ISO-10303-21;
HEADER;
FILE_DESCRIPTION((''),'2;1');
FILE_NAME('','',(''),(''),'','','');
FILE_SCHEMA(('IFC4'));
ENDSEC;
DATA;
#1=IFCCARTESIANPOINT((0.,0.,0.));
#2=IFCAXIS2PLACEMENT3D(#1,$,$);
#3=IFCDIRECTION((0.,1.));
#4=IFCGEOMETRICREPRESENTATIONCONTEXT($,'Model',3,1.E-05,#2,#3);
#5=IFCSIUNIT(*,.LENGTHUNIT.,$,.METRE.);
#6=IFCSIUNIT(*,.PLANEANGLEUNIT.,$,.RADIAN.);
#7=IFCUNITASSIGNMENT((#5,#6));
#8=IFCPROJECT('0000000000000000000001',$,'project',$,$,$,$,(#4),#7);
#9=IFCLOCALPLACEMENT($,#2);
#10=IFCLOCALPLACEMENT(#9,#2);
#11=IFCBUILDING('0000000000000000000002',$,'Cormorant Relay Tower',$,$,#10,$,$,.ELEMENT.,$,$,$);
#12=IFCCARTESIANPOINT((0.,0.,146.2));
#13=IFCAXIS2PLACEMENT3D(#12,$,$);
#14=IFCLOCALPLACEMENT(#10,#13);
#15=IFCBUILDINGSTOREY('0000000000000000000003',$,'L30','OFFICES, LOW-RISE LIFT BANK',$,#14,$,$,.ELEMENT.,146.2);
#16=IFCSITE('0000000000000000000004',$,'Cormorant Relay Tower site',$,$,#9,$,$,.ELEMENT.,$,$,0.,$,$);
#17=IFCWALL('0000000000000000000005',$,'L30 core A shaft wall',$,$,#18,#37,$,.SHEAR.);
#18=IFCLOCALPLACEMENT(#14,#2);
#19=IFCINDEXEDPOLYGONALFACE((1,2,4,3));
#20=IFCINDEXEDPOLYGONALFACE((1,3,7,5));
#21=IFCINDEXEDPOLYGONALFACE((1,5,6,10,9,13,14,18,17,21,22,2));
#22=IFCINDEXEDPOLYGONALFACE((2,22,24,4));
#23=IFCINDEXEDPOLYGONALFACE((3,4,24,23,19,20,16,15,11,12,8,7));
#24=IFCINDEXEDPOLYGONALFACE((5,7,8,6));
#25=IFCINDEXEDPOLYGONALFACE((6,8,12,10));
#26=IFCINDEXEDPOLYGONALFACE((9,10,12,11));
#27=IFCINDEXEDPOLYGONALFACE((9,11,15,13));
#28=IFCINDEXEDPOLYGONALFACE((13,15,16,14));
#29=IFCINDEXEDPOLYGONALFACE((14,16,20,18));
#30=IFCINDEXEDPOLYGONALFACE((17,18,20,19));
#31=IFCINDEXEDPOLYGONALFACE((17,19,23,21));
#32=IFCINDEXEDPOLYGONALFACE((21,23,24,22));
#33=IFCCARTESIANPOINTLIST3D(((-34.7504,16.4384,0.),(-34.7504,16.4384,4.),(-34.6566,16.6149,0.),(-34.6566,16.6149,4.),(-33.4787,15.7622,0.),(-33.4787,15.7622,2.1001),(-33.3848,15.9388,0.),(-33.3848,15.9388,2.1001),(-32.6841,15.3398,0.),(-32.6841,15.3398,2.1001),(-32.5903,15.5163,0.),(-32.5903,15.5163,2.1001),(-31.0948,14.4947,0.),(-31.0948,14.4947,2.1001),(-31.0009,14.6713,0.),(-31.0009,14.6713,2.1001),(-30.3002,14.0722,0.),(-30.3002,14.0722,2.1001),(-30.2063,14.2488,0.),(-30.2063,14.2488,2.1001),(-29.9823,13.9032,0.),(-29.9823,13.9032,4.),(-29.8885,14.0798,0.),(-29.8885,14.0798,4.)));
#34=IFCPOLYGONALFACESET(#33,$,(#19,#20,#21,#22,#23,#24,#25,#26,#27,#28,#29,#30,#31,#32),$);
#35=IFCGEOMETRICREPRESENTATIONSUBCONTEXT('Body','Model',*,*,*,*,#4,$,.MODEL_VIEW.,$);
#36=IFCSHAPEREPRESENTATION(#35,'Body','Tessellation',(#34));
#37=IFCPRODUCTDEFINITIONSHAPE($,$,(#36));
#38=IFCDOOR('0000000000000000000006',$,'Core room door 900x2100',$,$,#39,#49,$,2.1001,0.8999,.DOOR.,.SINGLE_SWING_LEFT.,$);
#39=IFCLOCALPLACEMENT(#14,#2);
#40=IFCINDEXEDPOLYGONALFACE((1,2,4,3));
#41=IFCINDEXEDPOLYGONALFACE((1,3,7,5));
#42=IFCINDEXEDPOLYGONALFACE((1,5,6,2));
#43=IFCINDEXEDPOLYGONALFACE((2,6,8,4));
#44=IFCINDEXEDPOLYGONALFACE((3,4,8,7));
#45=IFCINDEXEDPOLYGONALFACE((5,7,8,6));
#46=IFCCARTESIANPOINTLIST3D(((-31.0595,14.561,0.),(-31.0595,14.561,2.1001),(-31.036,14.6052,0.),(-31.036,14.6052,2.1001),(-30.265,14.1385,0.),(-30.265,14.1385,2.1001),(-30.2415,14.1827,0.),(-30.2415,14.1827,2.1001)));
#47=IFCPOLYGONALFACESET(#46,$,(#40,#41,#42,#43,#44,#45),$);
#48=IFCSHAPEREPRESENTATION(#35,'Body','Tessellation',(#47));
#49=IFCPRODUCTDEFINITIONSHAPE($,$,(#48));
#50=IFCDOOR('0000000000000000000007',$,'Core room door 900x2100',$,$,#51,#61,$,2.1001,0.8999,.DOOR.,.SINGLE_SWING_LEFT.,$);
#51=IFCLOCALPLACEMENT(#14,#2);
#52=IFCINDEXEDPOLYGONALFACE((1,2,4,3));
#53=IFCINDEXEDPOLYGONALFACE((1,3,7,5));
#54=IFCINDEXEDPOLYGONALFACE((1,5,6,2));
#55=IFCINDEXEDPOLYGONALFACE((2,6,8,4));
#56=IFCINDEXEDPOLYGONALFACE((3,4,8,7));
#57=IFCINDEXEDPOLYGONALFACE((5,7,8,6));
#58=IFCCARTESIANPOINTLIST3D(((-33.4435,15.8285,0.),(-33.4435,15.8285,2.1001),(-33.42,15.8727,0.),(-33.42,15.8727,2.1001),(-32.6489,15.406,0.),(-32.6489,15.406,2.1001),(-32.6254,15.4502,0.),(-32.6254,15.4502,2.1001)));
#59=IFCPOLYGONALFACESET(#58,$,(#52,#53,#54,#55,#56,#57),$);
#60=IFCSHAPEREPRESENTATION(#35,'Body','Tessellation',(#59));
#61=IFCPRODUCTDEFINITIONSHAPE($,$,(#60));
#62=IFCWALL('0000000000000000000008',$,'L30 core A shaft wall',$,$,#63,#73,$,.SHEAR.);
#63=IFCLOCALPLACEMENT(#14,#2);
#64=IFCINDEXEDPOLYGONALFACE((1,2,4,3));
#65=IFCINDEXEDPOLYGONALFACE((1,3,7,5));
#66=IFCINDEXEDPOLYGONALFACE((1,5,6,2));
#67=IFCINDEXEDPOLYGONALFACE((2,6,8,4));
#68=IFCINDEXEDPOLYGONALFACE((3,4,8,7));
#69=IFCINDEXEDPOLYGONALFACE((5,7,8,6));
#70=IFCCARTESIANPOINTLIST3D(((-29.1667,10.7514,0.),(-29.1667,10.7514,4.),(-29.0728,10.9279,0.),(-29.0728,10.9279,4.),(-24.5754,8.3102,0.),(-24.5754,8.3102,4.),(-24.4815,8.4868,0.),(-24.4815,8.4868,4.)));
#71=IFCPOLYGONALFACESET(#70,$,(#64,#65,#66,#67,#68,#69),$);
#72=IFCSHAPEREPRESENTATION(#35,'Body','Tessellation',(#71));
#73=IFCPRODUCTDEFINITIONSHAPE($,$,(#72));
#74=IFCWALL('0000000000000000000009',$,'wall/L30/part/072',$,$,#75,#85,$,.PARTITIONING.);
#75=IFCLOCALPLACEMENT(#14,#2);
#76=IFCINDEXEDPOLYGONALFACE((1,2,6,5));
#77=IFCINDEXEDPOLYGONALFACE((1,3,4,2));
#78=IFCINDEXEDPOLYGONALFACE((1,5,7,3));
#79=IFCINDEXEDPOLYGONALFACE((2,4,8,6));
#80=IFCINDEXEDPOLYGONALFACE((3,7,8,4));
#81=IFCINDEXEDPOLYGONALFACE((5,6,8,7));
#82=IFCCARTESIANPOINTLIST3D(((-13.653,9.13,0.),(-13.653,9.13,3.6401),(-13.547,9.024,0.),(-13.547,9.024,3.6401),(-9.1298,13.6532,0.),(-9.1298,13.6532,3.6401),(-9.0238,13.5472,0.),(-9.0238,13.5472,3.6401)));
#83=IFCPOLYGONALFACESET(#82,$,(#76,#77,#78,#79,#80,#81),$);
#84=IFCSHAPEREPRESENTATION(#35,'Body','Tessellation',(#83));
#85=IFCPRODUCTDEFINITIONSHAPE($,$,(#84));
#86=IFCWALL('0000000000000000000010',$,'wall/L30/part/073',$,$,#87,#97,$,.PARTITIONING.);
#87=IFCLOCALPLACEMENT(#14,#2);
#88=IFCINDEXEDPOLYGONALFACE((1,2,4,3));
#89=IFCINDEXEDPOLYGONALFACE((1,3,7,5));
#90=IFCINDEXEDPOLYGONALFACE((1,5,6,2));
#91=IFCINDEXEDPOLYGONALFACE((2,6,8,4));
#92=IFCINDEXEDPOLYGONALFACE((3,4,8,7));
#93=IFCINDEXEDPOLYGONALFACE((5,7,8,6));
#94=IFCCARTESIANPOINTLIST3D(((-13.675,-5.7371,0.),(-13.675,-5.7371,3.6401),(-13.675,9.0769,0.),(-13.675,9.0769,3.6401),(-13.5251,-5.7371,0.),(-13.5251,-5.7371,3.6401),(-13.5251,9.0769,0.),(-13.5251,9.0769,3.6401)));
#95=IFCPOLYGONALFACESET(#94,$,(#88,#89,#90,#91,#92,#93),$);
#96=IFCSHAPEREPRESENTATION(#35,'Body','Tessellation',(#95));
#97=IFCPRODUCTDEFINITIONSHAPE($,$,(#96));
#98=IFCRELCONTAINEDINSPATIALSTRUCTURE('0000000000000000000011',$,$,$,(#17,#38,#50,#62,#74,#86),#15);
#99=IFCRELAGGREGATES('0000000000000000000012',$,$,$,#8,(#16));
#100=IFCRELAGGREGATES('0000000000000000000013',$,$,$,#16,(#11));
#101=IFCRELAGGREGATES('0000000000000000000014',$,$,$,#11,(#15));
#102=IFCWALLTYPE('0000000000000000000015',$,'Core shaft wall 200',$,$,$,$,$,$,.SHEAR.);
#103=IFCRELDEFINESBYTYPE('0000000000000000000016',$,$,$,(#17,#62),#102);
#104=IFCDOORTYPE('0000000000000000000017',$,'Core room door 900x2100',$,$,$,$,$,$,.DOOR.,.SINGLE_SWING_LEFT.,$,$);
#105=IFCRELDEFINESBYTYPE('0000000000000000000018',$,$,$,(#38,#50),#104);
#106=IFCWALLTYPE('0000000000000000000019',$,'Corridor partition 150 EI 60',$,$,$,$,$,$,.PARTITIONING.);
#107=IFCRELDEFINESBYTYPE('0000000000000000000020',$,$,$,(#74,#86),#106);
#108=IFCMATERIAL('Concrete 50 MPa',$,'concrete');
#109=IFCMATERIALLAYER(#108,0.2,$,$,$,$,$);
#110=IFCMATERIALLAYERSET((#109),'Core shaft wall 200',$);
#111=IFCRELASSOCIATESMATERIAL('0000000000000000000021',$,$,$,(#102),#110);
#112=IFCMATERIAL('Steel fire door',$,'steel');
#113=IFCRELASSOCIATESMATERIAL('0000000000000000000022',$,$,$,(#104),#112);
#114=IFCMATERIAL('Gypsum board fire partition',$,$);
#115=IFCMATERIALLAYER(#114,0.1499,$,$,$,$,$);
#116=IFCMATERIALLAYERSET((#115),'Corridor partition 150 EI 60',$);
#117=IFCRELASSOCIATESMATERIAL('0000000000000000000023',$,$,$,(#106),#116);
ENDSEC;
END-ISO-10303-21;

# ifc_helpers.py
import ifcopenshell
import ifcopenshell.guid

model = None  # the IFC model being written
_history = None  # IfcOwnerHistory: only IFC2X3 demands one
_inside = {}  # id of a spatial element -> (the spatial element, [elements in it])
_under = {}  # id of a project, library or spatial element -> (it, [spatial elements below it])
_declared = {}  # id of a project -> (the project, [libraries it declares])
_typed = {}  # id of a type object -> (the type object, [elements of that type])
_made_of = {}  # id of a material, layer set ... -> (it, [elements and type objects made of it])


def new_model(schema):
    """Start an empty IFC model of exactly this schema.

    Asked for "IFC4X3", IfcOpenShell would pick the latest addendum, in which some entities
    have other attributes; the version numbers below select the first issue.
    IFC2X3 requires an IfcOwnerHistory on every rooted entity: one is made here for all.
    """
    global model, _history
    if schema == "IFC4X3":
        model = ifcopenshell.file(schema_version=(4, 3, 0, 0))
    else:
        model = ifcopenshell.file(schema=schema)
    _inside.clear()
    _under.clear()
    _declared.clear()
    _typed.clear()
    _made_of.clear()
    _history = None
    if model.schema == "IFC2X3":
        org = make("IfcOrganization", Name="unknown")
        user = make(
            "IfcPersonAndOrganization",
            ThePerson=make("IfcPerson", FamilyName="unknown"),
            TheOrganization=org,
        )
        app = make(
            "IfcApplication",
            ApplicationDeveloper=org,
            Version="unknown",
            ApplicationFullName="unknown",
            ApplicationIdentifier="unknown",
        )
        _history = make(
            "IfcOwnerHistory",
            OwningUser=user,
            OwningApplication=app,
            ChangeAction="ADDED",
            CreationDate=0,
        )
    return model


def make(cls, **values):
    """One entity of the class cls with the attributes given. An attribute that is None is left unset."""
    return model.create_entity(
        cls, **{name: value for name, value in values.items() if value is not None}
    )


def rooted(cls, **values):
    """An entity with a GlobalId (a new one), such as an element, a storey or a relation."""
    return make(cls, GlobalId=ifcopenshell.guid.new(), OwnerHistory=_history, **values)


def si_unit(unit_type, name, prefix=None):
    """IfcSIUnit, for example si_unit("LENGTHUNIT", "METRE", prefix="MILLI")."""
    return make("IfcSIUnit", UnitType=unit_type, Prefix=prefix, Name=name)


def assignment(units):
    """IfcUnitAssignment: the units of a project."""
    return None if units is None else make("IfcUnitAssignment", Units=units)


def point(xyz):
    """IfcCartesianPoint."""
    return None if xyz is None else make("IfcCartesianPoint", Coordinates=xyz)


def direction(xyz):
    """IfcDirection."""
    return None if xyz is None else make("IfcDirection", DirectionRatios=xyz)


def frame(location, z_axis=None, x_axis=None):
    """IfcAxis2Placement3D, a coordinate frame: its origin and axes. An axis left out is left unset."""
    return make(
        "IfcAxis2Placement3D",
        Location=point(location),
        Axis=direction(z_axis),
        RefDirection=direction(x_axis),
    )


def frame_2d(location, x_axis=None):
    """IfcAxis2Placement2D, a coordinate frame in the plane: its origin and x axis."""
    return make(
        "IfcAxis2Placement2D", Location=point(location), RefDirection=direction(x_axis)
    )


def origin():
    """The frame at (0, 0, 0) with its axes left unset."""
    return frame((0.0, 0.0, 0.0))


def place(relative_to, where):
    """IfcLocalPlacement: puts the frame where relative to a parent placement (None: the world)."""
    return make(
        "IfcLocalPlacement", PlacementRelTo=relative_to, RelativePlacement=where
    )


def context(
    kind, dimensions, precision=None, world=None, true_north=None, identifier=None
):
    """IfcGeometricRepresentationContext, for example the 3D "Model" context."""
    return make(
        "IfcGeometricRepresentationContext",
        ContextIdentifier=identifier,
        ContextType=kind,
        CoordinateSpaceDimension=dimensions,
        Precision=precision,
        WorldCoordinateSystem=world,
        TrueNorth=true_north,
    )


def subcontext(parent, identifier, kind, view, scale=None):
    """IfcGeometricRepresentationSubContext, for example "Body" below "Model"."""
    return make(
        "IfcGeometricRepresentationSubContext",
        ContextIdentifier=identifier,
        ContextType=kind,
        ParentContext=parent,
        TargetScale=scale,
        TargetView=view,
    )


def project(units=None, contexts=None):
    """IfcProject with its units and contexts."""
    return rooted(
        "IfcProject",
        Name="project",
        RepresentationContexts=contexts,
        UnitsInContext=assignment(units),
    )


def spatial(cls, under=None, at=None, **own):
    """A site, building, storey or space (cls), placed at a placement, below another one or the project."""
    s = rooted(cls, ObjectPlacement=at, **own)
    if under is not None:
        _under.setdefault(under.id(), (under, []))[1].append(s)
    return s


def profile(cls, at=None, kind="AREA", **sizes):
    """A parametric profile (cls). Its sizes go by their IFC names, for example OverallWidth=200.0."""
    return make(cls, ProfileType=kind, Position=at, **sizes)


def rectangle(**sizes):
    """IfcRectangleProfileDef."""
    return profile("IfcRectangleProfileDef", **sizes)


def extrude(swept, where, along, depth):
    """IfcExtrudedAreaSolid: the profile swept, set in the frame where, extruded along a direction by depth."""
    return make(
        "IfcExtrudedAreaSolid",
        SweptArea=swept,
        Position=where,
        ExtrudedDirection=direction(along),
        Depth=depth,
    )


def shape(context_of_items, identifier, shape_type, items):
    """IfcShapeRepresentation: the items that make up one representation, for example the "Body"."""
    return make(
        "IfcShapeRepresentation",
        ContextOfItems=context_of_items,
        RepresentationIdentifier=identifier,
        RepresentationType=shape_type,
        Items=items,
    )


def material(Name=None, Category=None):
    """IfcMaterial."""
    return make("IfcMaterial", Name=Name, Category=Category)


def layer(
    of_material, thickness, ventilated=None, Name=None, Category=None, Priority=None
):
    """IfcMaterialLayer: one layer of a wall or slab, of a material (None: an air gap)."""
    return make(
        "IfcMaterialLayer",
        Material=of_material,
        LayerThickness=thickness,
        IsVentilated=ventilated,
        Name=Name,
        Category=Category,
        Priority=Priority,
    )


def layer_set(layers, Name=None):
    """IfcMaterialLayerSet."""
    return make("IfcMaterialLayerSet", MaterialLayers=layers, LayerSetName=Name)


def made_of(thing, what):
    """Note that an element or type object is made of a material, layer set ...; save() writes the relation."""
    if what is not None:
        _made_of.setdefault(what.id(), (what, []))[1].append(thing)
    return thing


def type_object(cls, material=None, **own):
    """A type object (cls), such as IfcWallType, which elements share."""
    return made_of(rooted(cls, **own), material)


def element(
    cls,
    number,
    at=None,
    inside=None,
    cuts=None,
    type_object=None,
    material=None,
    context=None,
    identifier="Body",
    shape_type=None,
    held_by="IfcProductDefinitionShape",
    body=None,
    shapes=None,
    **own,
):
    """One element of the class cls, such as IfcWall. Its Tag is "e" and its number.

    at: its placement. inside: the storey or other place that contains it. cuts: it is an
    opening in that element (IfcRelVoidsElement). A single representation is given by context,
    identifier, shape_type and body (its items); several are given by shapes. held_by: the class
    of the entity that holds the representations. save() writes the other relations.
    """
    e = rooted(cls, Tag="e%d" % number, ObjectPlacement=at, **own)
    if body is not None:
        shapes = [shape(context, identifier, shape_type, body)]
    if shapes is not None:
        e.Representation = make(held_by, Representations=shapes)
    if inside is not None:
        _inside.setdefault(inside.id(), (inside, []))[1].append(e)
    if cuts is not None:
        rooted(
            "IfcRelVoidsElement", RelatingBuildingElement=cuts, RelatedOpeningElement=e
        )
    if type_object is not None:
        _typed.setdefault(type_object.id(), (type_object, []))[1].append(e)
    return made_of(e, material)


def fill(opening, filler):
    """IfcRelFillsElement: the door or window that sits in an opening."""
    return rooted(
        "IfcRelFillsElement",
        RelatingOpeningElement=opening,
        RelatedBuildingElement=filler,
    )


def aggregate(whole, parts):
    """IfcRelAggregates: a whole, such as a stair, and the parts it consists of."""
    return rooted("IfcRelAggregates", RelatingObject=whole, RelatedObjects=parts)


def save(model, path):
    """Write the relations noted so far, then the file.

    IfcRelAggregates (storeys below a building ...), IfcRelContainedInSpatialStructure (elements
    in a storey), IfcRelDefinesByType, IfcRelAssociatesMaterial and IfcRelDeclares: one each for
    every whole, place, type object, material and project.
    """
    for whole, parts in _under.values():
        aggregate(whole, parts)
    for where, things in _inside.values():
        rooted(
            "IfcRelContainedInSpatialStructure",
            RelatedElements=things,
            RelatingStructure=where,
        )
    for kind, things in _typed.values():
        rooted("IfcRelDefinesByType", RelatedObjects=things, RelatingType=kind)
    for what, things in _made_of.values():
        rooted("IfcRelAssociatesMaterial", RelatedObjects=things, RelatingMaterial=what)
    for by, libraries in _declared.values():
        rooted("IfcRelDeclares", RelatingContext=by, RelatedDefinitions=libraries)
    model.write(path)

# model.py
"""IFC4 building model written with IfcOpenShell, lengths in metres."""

from ifc_helpers import new_model, si_unit, direction, frame, frame_2d, origin, place, context, subcontext, project, spatial, rectangle, extrude, material, layer, layer_set, type_object, element, fill, save


model = new_model("IFC4")

# Units and contexts
model_context = context("Model", 3, precision=1e-05, world=origin(), true_north=direction((0.0, 1.0)))
body_context = subcontext(model_context, "Body", "Model", "MODEL_VIEW")
ifc_project = project(units=[si_unit("LENGTHUNIT", "METRE"), si_unit("PLANEANGLEUNIT", "RADIAN")], contexts=[model_context])

# Site, building, storey
site_placement = place(None, origin())
site = spatial("IfcSite", under=ifc_project, at=site_placement, Name="Cormorant Relay Tower site", CompositionType="ELEMENT", RefElevation=0.0)
building_placement = place(site_placement, origin())
building = spatial("IfcBuilding", under=site, at=building_placement, Name="Cormorant Relay Tower", CompositionType="ELEMENT")
storey_placement = place(building_placement, frame((0.0, 0.0, 146.2)))
storey = spatial("IfcBuildingStorey", under=building, at=storey_placement, Name="L30", Description="OFFICES, LOW-RISE LIFT BANK", CompositionType="ELEMENT", Elevation=146.2)

# Shared definitions
ifc_material_1 = material(Name="Concrete 50 MPa", Category="concrete")
ifc_layer_1 = layer(ifc_material_1, 0.2)
ifc_layer_set_1 = layer_set([ifc_layer_1], Name="Core shaft wall 200")
wall_type_1 = type_object("IfcWallType", Name="Core shaft wall 200", PredefinedType="SHEAR", material=ifc_layer_set_1)

# Shared definitions
ifc_material_2 = material(Name="Steel fire door", Category="steel")
door_type_1 = type_object("IfcDoorType", Name="Core room door 900x2100", OperationType="SINGLE_SWING_LEFT", PredefinedType="DOOR", material=ifc_material_2)

# Wall, openings, doors
wall_1_placement = place(storey_placement, frame((-29.9353, 13.9915, 0.0), z_axis=(0.0, 0.0, 1.0), x_axis=(-0.882953, 0.469462, 0.0)))
wall_1 = element("IfcWall", 1, at=wall_1_placement, inside=storey, type_object=wall_type_1, Name="L30 core A shaft wall", PredefinedType="SHEAR", context=body_context, shape_type="SweptSolid", body=[
    extrude(rectangle(XDim=5.4001, YDim=0.2, at=frame_2d((2.7002, 0.0))), origin(), (0.0, 0.0, 1.0), 4.0),
])
opening_1_placement = place(wall_1_placement, frame((0.3601, 0.0, 0.0)))
opening_1 = element("IfcOpeningElement", 2, at=opening_1_placement, cuts=wall_1, PredefinedType="OPENING", context=body_context, shape_type="SweptSolid", body=[
    extrude(rectangle(XDim=0.8999, YDim=2.1001, at=frame_2d((0.45, 1.05))), frame((0.0, 0.1099, 0.0), z_axis=(0.0, -1.0, 0.0), x_axis=(1.0, 0.0, 0.0)), (0.0, 0.0, 1.0), 0.22),
])
opening_2_placement = place(wall_1_placement, frame((3.0601, 0.0, 0.0)))
opening_2 = element("IfcOpeningElement", 3, at=opening_2_placement, cuts=wall_1, PredefinedType="OPENING", context=body_context, shape_type="SweptSolid", body=[
    extrude(rectangle(XDim=0.8999, YDim=2.1001, at=frame_2d((0.45, 1.05))), frame((0.0, 0.1099, 0.0), z_axis=(0.0, -1.0, 0.0), x_axis=(1.0, 0.0, 0.0)), (0.0, 0.0, 1.0), 0.22),
])
door_1_placement = place(opening_1_placement, origin())
door_1 = element("IfcDoor", 4, at=door_1_placement, inside=storey, type_object=door_type_1, Name="Core room door 900x2100", OperationType="SINGLE_SWING_LEFT", OverallHeight=2.1001, OverallWidth=0.8999, PredefinedType="DOOR", context=body_context, shape_type="SweptSolid", body=[
    extrude(rectangle(XDim=0.8999, YDim=2.1001, at=frame_2d((0.45, 1.05))), frame((0.0, 0.0249, 0.0), z_axis=(0.0, -1.0, 0.0), x_axis=(1.0, 0.0, 0.0)), (0.0, 0.0, 1.0), 0.05),
])
fill(opening_1, door_1)
door_2_placement = place(opening_2_placement, origin())
door_2 = element("IfcDoor", 5, at=door_2_placement, inside=storey, type_object=door_type_1, Name="Core room door 900x2100", OperationType="SINGLE_SWING_LEFT", OverallHeight=2.1001, OverallWidth=0.8999, PredefinedType="DOOR", context=body_context, shape_type="SweptSolid", body=[
    extrude(rectangle(XDim=0.8999, YDim=2.1001, at=frame_2d((0.45, 1.05))), frame((0.0, 0.0249, 0.0), z_axis=(0.0, -1.0, 0.0), x_axis=(1.0, 0.0, 0.0)), (0.0, 0.0, 1.0), 0.05),
])
fill(opening_2, door_2)

# Walls
wall_2_placement = place(storey_placement, frame((-24.5283, 8.3984, 0.0), z_axis=(0.0, 0.0, 1.0), x_axis=(-0.882954, 0.46946, 0.0)))
element("IfcWall", 6, at=wall_2_placement, inside=storey, type_object=wall_type_1, Name="L30 core A shaft wall", PredefinedType="SHEAR", context=body_context, shape_type="SweptSolid", body=[
    extrude(rectangle(XDim=5.2, YDim=0.2, at=frame_2d((2.6001, 0.0))), origin(), (0.0, 0.0, 1.0), 4.0),
])
ifc_material_3 = material(Name="Gypsum board fire partition")
ifc_layer_2 = layer(ifc_material_3, 0.1499)
ifc_layer_set_2 = layer_set([ifc_layer_2], Name="Corridor partition 150 EI 60")
wall_type_2 = type_object("IfcWallType", Name="Corridor partition 150 EI 60", PredefinedType="PARTITIONING", material=ifc_layer_set_2)
wall_3_placement = place(storey_placement, frame((-9.0769, 13.6001, 0.0), z_axis=(0.0, 0.0, 1.0), x_axis=(-0.707107, -0.707107, 0.0)))
element("IfcWall", 7, at=wall_3_placement, inside=storey, type_object=wall_type_2, Name="wall/L30/part/072", PredefinedType="PARTITIONING", context=body_context, shape_type="SweptSolid", body=[
    extrude(rectangle(XDim=6.3967, YDim=0.1499, at=frame_2d((3.1982, 0.0))), origin(), (0.0, 0.0, 1.0), 3.6401),
])
wall_4_placement = place(storey_placement, frame((-13.6001, 9.0769, 0.0), z_axis=(0.0, 0.0, 1.0), x_axis=(0.0, -1.0, 0.0)))
element("IfcWall", 8, at=wall_4_placement, inside=storey, type_object=wall_type_2, Name="wall/L30/part/073", PredefinedType="PARTITIONING", context=body_context, shape_type="SweptSolid", body=[
    extrude(rectangle(XDim=14.814, YDim=0.1499, at=frame_2d((7.407, 0.0))), origin(), (0.0, 0.0, 1.0), 3.6401),
])

save(model, "model.ifc")
